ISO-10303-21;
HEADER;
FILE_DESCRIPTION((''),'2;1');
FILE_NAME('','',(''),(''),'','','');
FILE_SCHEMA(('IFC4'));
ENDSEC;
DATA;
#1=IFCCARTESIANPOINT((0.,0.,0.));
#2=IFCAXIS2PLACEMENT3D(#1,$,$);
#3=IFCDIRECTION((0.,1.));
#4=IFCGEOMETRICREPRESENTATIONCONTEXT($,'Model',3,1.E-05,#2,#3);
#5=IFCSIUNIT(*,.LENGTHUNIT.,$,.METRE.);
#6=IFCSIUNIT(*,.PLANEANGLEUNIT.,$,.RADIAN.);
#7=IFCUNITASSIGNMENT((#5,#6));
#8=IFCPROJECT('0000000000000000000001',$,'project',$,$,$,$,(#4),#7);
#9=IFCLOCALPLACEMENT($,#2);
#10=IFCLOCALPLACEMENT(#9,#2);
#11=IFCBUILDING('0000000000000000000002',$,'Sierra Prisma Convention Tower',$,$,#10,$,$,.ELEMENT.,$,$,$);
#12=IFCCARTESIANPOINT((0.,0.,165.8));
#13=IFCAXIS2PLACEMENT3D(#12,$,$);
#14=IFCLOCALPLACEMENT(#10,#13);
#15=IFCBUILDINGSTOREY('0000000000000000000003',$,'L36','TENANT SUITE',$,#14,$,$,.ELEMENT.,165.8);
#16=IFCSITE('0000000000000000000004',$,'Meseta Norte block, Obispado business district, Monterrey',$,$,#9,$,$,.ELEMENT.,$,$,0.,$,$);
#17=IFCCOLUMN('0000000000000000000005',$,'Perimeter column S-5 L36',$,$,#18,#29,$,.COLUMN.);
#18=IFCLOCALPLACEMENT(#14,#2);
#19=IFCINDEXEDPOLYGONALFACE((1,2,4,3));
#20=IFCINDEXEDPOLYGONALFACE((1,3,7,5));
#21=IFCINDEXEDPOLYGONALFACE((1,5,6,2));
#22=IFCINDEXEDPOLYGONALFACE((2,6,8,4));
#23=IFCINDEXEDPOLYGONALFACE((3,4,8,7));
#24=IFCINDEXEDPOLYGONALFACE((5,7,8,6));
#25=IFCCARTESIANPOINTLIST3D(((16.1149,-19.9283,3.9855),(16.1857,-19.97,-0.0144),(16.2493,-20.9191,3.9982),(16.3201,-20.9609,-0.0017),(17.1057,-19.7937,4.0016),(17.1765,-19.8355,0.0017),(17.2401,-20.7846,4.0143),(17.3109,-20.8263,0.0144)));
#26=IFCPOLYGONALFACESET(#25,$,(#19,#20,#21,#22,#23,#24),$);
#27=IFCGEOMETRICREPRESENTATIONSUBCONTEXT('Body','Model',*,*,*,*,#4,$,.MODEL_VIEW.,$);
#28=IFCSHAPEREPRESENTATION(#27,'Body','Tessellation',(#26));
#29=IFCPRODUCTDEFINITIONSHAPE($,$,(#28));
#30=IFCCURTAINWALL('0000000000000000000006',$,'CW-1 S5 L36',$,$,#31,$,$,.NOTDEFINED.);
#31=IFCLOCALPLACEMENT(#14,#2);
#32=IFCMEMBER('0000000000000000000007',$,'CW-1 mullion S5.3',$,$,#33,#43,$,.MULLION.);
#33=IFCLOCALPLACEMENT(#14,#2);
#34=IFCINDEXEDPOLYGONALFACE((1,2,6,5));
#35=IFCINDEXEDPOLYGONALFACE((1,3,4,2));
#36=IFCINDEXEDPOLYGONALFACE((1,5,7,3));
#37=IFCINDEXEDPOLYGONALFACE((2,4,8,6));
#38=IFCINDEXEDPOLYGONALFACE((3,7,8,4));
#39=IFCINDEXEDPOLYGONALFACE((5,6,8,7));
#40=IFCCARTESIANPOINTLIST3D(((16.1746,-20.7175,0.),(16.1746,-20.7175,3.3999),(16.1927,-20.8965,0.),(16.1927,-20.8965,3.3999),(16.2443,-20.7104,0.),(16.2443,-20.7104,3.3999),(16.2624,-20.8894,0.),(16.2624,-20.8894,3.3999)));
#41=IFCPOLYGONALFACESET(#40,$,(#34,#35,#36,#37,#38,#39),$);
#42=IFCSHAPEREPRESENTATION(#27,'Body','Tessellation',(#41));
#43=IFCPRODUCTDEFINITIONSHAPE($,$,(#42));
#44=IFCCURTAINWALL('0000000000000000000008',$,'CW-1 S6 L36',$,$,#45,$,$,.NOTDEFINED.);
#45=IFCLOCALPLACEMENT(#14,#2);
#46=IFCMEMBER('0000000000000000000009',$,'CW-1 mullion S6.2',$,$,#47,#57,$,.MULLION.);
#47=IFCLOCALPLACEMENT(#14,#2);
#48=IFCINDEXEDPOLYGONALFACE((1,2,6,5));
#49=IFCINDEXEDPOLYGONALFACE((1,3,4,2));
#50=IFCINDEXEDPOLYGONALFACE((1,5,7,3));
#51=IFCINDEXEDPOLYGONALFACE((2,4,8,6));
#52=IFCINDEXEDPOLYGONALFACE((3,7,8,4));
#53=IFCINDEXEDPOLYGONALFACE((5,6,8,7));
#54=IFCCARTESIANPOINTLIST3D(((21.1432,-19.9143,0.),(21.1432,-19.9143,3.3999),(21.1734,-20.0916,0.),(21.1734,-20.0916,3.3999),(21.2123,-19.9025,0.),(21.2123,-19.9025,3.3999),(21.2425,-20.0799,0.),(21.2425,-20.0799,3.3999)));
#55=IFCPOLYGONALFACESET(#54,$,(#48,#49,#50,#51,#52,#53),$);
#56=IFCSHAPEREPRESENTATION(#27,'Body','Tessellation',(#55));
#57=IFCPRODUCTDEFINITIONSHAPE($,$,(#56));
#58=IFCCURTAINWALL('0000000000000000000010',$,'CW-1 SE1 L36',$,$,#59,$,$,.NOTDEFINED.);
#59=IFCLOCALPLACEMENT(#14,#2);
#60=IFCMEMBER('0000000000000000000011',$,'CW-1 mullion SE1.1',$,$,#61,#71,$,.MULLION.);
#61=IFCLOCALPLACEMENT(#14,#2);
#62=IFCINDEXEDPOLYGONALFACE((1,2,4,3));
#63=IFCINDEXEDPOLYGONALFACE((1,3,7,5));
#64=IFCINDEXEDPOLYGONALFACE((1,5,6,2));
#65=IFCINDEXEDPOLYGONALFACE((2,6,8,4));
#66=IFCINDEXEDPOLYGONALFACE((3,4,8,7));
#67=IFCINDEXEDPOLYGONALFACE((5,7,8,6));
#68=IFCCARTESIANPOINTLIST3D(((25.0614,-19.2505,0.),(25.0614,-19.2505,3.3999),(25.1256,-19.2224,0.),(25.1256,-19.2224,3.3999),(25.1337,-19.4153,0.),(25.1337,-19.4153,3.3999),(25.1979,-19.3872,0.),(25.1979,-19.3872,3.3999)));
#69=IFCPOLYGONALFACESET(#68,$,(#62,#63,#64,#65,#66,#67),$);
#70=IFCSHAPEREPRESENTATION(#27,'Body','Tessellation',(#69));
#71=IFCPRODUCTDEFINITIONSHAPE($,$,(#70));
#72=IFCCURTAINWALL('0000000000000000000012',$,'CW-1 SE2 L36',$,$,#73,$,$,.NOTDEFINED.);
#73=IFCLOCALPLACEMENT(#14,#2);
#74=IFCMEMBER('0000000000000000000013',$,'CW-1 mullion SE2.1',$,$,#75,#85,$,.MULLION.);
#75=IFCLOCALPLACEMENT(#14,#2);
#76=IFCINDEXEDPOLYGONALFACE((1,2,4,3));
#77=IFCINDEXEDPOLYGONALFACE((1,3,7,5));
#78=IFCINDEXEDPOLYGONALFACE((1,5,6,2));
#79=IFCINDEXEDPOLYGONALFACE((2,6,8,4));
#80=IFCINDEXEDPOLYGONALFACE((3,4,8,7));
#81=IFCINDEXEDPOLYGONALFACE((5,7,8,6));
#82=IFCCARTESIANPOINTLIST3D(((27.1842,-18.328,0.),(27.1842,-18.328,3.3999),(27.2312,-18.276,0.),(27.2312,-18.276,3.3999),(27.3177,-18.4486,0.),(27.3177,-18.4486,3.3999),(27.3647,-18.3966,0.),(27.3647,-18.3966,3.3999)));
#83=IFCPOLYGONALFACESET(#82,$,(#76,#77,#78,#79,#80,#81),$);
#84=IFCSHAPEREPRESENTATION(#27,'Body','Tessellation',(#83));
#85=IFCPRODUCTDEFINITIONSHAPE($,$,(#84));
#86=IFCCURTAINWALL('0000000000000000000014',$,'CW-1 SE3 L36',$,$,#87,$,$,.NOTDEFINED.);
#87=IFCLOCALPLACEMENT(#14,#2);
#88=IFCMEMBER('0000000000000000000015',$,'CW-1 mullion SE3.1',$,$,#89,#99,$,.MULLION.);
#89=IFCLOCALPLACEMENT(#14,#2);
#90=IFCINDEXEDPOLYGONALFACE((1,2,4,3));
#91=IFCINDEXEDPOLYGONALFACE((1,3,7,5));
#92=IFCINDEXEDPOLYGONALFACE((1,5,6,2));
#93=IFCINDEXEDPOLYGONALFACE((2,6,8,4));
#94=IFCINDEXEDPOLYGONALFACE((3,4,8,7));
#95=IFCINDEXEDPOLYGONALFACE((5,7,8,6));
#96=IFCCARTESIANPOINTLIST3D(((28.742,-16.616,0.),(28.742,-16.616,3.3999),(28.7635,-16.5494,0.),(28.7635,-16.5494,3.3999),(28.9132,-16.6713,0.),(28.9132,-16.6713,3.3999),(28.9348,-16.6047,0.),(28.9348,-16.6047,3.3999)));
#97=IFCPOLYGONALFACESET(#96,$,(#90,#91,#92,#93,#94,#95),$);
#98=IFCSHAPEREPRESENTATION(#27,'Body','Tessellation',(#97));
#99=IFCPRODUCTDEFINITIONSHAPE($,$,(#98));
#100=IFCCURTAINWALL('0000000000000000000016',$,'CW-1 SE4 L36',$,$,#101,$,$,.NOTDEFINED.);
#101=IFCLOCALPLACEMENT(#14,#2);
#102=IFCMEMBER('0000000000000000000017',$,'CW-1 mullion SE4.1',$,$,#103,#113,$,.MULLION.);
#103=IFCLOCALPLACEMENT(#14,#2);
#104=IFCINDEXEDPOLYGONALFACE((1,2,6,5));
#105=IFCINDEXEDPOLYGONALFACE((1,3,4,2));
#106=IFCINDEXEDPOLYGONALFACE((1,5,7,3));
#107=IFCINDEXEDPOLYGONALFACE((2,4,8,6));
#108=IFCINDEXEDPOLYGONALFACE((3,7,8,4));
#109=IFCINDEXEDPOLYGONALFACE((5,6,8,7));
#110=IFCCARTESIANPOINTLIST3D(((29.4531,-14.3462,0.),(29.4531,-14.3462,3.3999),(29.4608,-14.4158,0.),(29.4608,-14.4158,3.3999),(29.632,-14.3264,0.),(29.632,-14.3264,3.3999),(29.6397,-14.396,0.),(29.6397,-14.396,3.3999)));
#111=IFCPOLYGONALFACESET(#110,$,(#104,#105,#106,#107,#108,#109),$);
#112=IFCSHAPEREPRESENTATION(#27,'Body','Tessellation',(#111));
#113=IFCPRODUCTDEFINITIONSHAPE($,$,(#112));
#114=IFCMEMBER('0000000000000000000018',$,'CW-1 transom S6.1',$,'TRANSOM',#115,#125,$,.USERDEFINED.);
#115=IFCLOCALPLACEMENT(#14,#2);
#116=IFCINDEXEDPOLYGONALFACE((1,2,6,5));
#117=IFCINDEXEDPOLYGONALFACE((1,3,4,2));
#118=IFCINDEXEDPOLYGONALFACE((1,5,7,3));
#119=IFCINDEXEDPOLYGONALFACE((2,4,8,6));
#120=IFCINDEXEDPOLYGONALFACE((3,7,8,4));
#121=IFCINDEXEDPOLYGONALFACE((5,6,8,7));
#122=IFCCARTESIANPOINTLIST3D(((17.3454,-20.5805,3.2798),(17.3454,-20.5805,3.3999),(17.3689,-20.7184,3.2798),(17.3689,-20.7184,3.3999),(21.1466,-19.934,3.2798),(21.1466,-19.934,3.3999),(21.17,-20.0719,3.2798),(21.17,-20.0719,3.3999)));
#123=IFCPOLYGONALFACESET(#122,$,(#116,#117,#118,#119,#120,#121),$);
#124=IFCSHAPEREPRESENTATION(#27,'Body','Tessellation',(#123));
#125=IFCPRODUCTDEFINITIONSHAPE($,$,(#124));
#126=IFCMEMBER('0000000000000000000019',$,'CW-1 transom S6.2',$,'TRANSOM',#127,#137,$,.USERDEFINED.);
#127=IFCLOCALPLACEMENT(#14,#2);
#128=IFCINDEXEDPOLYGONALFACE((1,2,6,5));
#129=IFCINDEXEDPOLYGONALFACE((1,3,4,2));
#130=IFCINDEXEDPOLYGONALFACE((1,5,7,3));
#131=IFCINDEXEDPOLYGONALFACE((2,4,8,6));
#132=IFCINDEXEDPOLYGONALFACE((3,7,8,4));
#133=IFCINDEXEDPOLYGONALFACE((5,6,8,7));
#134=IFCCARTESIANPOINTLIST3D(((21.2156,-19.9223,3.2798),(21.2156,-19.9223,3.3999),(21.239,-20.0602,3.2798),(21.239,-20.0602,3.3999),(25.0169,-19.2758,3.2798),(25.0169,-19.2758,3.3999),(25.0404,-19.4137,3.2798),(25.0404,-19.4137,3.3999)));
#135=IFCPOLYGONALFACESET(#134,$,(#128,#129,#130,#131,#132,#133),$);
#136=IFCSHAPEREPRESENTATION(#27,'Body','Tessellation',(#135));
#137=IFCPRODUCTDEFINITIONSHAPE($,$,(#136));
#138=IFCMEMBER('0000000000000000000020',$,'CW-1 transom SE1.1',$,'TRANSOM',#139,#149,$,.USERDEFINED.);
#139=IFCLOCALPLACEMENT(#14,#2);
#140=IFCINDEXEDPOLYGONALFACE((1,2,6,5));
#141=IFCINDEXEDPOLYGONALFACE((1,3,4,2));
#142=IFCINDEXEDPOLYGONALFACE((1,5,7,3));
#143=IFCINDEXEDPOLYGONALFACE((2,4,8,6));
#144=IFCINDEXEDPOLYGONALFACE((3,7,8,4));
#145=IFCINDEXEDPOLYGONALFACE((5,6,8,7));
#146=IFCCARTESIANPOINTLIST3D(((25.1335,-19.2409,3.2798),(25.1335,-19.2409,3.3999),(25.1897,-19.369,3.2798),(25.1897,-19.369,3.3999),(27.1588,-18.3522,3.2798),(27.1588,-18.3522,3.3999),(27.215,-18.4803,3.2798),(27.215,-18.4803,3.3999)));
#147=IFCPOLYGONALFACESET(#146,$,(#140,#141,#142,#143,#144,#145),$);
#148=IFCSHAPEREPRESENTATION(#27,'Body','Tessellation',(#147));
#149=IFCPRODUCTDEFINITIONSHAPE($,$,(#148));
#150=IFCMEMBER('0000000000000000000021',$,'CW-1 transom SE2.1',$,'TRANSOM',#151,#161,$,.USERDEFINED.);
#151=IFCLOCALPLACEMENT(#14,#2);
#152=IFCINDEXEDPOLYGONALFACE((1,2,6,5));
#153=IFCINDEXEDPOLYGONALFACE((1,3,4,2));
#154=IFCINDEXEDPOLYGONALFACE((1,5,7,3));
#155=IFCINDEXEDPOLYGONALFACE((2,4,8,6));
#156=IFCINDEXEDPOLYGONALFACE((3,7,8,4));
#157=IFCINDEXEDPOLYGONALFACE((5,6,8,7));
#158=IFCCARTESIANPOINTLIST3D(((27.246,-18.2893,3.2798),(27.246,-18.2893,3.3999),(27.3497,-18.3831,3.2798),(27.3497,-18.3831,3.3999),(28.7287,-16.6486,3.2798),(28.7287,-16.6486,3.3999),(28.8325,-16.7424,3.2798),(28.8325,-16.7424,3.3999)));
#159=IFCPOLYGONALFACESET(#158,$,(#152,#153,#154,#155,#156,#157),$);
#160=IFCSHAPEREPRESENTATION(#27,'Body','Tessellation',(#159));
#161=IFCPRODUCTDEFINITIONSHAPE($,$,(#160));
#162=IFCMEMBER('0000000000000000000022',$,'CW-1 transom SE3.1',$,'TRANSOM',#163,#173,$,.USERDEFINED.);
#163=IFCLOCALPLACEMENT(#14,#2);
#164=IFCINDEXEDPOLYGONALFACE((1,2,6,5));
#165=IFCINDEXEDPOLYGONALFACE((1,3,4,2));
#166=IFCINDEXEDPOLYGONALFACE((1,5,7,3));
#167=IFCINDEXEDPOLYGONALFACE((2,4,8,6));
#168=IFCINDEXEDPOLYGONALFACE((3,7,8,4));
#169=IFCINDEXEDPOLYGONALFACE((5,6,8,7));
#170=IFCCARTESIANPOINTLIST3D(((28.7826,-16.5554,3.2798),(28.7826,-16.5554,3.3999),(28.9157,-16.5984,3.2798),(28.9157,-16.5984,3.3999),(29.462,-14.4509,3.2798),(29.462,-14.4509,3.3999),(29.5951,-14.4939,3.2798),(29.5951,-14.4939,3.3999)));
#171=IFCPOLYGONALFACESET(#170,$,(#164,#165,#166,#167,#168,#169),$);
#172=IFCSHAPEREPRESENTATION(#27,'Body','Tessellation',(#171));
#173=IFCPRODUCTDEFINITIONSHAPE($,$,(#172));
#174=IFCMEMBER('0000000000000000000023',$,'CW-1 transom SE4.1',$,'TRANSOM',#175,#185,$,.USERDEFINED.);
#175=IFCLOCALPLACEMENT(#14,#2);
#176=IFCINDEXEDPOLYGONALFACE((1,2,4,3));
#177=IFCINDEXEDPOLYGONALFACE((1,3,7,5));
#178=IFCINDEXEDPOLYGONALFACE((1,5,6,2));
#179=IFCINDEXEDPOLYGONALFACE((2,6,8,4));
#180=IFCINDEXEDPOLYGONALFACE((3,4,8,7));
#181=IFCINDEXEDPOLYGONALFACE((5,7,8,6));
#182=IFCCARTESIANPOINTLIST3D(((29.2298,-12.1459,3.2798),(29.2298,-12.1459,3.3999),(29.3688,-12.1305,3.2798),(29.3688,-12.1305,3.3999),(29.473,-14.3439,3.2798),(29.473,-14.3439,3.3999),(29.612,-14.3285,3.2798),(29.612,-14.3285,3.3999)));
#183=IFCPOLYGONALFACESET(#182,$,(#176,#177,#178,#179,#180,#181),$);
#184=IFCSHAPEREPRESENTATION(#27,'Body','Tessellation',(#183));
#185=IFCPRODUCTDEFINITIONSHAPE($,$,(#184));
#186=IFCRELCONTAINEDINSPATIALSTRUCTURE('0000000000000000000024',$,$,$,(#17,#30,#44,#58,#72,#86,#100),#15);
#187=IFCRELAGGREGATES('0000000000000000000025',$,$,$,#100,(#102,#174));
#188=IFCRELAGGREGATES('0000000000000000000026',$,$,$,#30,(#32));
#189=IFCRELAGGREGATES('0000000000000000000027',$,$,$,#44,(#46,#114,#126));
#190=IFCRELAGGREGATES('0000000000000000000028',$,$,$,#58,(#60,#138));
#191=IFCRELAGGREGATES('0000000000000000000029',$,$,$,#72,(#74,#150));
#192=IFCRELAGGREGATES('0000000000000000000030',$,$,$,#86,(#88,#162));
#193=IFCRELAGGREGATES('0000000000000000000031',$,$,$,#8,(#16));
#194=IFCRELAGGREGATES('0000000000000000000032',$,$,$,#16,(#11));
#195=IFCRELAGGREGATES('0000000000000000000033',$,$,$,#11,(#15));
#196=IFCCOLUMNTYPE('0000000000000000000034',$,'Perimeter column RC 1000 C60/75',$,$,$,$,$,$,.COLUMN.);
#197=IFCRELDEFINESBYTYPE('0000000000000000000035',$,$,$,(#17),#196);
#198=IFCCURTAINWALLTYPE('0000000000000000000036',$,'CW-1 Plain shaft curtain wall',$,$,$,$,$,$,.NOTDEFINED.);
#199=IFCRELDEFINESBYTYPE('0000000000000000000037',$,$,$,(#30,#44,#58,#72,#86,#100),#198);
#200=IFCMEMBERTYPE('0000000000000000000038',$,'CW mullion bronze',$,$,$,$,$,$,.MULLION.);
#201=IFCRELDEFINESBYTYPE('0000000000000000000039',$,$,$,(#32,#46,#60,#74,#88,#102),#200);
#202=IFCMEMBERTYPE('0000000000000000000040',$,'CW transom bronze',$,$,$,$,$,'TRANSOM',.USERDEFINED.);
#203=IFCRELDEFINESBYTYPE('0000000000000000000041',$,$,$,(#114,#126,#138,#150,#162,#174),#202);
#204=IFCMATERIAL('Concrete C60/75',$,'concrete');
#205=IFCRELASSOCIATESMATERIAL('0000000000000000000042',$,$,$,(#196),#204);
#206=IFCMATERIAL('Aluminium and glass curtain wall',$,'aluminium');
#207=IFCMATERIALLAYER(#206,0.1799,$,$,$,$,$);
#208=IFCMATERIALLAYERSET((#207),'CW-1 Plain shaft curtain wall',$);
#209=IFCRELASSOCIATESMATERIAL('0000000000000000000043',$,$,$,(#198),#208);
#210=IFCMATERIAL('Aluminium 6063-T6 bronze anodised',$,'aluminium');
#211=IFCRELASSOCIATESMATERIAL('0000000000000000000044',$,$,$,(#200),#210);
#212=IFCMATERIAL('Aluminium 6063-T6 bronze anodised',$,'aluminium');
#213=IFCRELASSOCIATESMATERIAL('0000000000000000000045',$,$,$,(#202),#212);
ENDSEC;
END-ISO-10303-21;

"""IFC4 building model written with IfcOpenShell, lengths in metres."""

from ifc_helpers import new_model, si_unit, direction, frame, origin, origin_2d, place, context, subcontext, project, spatial, rectangle, extrude, material, layer, layer_set, material_profile, profile_set, type_object, element, aggregate, save


model = new_model("IFC4")

# Units and contexts
model_context = context("Model", 3, precision=1e-05, world=origin(), true_north=direction((0.0, 1.0)))
body_context = subcontext(model_context, "Body", "Model", "MODEL_VIEW")
ifc_project = project(units=[si_unit("LENGTHUNIT", "METRE"), si_unit("PLANEANGLEUNIT", "RADIAN")], contexts=[model_context])

# Site, building, storey
site_placement = place(None, origin())
site = spatial("IfcSite", under=ifc_project, at=site_placement, Name="Meseta Norte block, Obispado business district, Monterrey", CompositionType="ELEMENT", RefElevation=0.0)
building_placement = place(site_placement, origin())
building = spatial("IfcBuilding", under=site, at=building_placement, Name="Sierra Prisma Convention Tower", CompositionType="ELEMENT")
storey_placement = place(building_placement, frame((0.0, 0.0, 165.8)))
storey = spatial("IfcBuildingStorey", under=building, at=storey_placement, Name="L36", Description="TENANT SUITE", CompositionType="ELEMENT", Elevation=165.8)

# Column
ifc_material_1 = material(Name="Concrete C60/75", Category="concrete")
ifc_material_profile_1 = material_profile(ifc_material_1, rectangle(XDim=1.0, YDim=1.0, at=origin_2d()), Name="Perimeter column RC 1000 C60/75")
ifc_profile_set_1 = profile_set([ifc_material_profile_1], Name="Concrete C60/75")
column_type = type_object("IfcColumnType", Name="Perimeter column RC 1000 C60/75", PredefinedType="COLUMN", material=ifc_profile_set_1)
column_placement = place(storey_placement, frame((16.7483, -20.3982, 0.0), z_axis=(-0.017696, 0.010435, 0.999789), x_axis=(0.990776, 0.134546, 0.016133)))
element("IfcColumn", 1, at=column_placement, inside=storey, type_object=column_type, Name="Perimeter column S-5 L36", PredefinedType="COLUMN", context=body_context, shape_type="SweptSolid", body=[
    extrude(rectangle(XDim=1.0, YDim=1.0, at=origin_2d()), origin(), (0.0, 0.0, 1.0), 4.0007),
])

# Curtain walls, members
ifc_material_2 = material(Name="Aluminium and glass curtain wall", Category="aluminium")
ifc_layer_1 = layer(ifc_material_2, 0.1799)
ifc_layer_set_1 = layer_set([ifc_layer_1], Name="CW-1 Plain shaft curtain wall")
curtain_wall_type = type_object("IfcCurtainWallType", Name="CW-1 Plain shaft curtain wall", PredefinedType="NOTDEFINED", material=ifc_layer_set_1)
curtain_wall_1_placement = place(storey_placement, origin())
curtain_wall_1 = element("IfcCurtainWall", 2, at=curtain_wall_1_placement, inside=storey, type_object=curtain_wall_type, Name="CW-1 S5 L36", PredefinedType="NOTDEFINED")
ifc_material_3 = material(Name="Aluminium 6063-T6 bronze anodised", Category="aluminium")
ifc_material_profile_2 = material_profile(ifc_material_3, rectangle(XDim=0.1799, YDim=0.0701, at=origin_2d()), Name="ALU MULLION 70x180")
ifc_profile_set_2 = profile_set([ifc_material_profile_2], Name="Aluminium 6063-T6 bronze anodised")
member_type_1 = type_object("IfcMemberType", Name="CW mullion bronze", PredefinedType="MULLION", material=ifc_profile_set_2)
member_1_placement = place(storey_placement, frame((16.2185, -20.8035, 0.0), z_axis=(0.0, 0.0, 1.0), x_axis=(-0.100911, 0.994895, 0.0)))
member_1 = element("IfcMember", 3, at=member_1_placement, type_object=member_type_1, Name="CW-1 mullion S5.3", PredefinedType="MULLION", context=body_context, shape_type="SweptSolid", body=[
    extrude(rectangle(XDim=0.1799, YDim=0.0701, at=origin_2d()), origin(), (0.0, 0.0, 1.0), 3.3999),
])
curtain_wall_2_placement = place(storey_placement, origin())
curtain_wall_2 = element("IfcCurtainWall", 4, at=curtain_wall_2_placement, inside=storey, type_object=curtain_wall_type, Name="CW-1 S6 L36", PredefinedType="NOTDEFINED")
member_2_placement = place(storey_placement, frame((21.1929, -19.9971, 0.0), z_axis=(0.0, 0.0, 1.0), x_axis=(-0.167677, 0.985842, 0.0)))
member_2 = element("IfcMember", 5, at=member_2_placement, type_object=member_type_1, Name="CW-1 mullion S6.2", PredefinedType="MULLION", context=body_context, shape_type="SweptSolid", body=[
    extrude(rectangle(XDim=0.1799, YDim=0.0701, at=origin_2d()), origin(), (0.0, 0.0, 1.0), 3.3999),
])
curtain_wall_3_placement = place(storey_placement, origin())
curtain_wall_3 = element("IfcCurtainWall", 6, at=curtain_wall_3_placement, inside=storey, type_object=curtain_wall_type, Name="CW-1 SE1 L36", PredefinedType="NOTDEFINED")
member_3_placement = place(storey_placement, frame((25.1296, -19.3188, 0.0), z_axis=(0.0, 0.0, 1.0), x_axis=(-0.401748, 0.91575, 0.0)))
member_3 = element("IfcMember", 7, at=member_3_placement, type_object=member_type_1, Name="CW-1 mullion SE1.1", PredefinedType="MULLION", context=body_context, shape_type="SweptSolid", body=[
    extrude(rectangle(XDim=0.1799, YDim=0.0701, at=origin_2d()), origin(), (0.0, 0.0, 1.0), 3.3999),
])
curtain_wall_4_placement = place(storey_placement, origin())
curtain_wall_4 = element("IfcCurtainWall", 8, at=curtain_wall_4_placement, inside=storey, type_object=curtain_wall_type, Name="CW-1 SE2 L36", PredefinedType="NOTDEFINED")
member_4_placement = place(storey_placement, frame((27.2744, -18.3623, 0.0), z_axis=(0.0, 0.0, 1.0), x_axis=(-0.741927, 0.670481, 0.0)))
member_4 = element("IfcMember", 9, at=member_4_placement, type_object=member_type_1, Name="CW-1 mullion SE2.1", PredefinedType="MULLION", context=body_context, shape_type="SweptSolid", body=[
    extrude(rectangle(XDim=0.1799, YDim=0.0701, at=origin_2d()), origin(), (0.0, 0.0, 1.0), 3.3999),
])
curtain_wall_5_placement = place(storey_placement, origin())
curtain_wall_5 = element("IfcCurtainWall", 10, at=curtain_wall_5_placement, inside=storey, type_object=curtain_wall_type, Name="CW-1 SE3 L36", PredefinedType="NOTDEFINED")
member_5_placement = place(storey_placement, frame((28.8384, -16.6104, 0.0), z_axis=(0.0, 0.0, 1.0), x_axis=(-0.951617, 0.307287, 0.0)))
member_5 = element("IfcMember", 11, at=member_5_placement, type_object=member_type_1, Name="CW-1 mullion SE3.1", PredefinedType="MULLION", context=body_context, shape_type="SweptSolid", body=[
    extrude(rectangle(XDim=0.1799, YDim=0.0701, at=origin_2d()), origin(), (0.0, 0.0, 1.0), 3.3999),
])
curtain_wall_6_placement = place(storey_placement, origin())
curtain_wall_6 = element("IfcCurtainWall", 12, at=curtain_wall_6_placement, inside=storey, type_object=curtain_wall_type, Name="CW-1 SE4 L36", PredefinedType="NOTDEFINED")
member_6_placement = place(storey_placement, frame((29.5464, -14.3711, 0.0), z_axis=(0.0, 0.0, 1.0), x_axis=(-0.993937, -0.109951, 0.0)))
member_6 = element("IfcMember", 13, at=member_6_placement, type_object=member_type_1, Name="CW-1 mullion SE4.1", PredefinedType="MULLION", context=body_context, shape_type="SweptSolid", body=[
    extrude(rectangle(XDim=0.1799, YDim=0.0701, at=origin_2d()), origin(), (0.0, 0.0, 1.0), 3.3999),
])

# Members
ifc_material_4 = material(Name="Aluminium 6063-T6 bronze anodised", Category="aluminium")
ifc_material_profile_3 = material_profile(ifc_material_4, rectangle(XDim=0.1399, YDim=0.1201, at=origin_2d()), Name="ALU TRANSOM 120x140")
ifc_profile_set_3 = profile_set([ifc_material_profile_3], Name="Aluminium 6063-T6 bronze anodised")
member_type_2 = type_object("IfcMemberType", Name="CW transom bronze", ElementType="TRANSOM", PredefinedType="USERDEFINED", material=ifc_profile_set_3)
member_7_placement = place(storey_placement, frame((17.3572, -20.6494, 3.3398), z_axis=(0.985843, 0.167674, 0.0), x_axis=(-0.167674, 0.985843, 0.0)))
member_7 = element("IfcMember", 14, at=member_7_placement, type_object=member_type_2, Name="CW-1 transom S6.1", ObjectType="TRANSOM", PredefinedType="USERDEFINED", context=body_context, shape_type="SweptSolid", body=[
    extrude(rectangle(XDim=0.1399, YDim=0.1201, at=origin_2d()), origin(), (0.0, 0.0, 1.0), 3.8557),
])
member_8_placement = place(storey_placement, frame((21.2273, -19.9912, 3.3398), z_axis=(0.985844, 0.167663, 0.0), x_axis=(-0.167663, 0.985844, 0.0)))
member_8 = element("IfcMember", 15, at=member_8_placement, type_object=member_type_2, Name="CW-1 transom S6.2", ObjectType="TRANSOM", PredefinedType="USERDEFINED", context=body_context, shape_type="SweptSolid", body=[
    extrude(rectangle(XDim=0.1399, YDim=0.1201, at=origin_2d()), origin(), (0.0, 0.0, 1.0), 3.856),
])
member_9_placement = place(storey_placement, frame((25.1616, -19.3049, 3.3398), z_axis=(0.915713, 0.401832, 0.0), x_axis=(-0.401832, 0.915713, 0.0)))
member_9 = element("IfcMember", 16, at=member_9_placement, type_object=member_type_2, Name="CW-1 transom SE1.1", ObjectType="TRANSOM", PredefinedType="USERDEFINED", context=body_context, shape_type="SweptSolid", body=[
    extrude(rectangle(XDim=0.1399, YDim=0.1201, at=origin_2d()), origin(), (0.0, 0.0, 1.0), 2.2117),
])
member_10_placement = place(storey_placement, frame((27.2979, -18.3362, 3.3398), z_axis=(0.670488, 0.74192, 0.0), x_axis=(-0.74192, 0.670488, 0.0)))
member_10 = element("IfcMember", 17, at=member_10_placement, type_object=member_type_2, Name="CW-1 transom SE2.1", ObjectType="TRANSOM", PredefinedType="USERDEFINED", context=body_context, shape_type="SweptSolid", body=[
    extrude(rectangle(XDim=0.1399, YDim=0.1201, at=origin_2d()), origin(), (0.0, 0.0, 1.0), 2.2114),
])
member_11_placement = place(storey_placement, frame((28.8491, -16.5769, 3.3398), z_axis=(0.307238, 0.951633, 0.0), x_axis=(-0.951633, 0.307238, 0.0)))
member_11 = element("IfcMember", 18, at=member_11_placement, type_object=member_type_2, Name="CW-1 transom SE3.1", ObjectType="TRANSOM", PredefinedType="USERDEFINED", context=body_context, shape_type="SweptSolid", body=[
    extrude(rectangle(XDim=0.1399, YDim=0.1201, at=origin_2d()), origin(), (0.0, 0.0, 1.0), 2.2114),
])
member_12_placement = place(storey_placement, frame((29.5425, -14.3362, 3.3398), z_axis=(-0.109959, 0.993936, 0.0), x_axis=(-0.993936, -0.109959, 0.0)))
member_12 = element("IfcMember", 19, at=member_12_placement, type_object=member_type_2, Name="CW-1 transom SE4.1", ObjectType="TRANSOM", PredefinedType="USERDEFINED", context=body_context, shape_type="SweptSolid", body=[
    extrude(rectangle(XDim=0.1399, YDim=0.1201, at=origin_2d()), origin(), (0.0, 0.0, 1.0), 2.2114),
])
aggregate(curtain_wall_6, [member_6, member_12])

aggregate(curtain_wall_1, [member_1])
aggregate(curtain_wall_2, [member_2, member_7, member_8])
aggregate(curtain_wall_3, [member_3, member_9])
aggregate(curtain_wall_4, [member_4, member_10])
aggregate(curtain_wall_5, [member_5, member_11])

save(model, "model.ifc")
